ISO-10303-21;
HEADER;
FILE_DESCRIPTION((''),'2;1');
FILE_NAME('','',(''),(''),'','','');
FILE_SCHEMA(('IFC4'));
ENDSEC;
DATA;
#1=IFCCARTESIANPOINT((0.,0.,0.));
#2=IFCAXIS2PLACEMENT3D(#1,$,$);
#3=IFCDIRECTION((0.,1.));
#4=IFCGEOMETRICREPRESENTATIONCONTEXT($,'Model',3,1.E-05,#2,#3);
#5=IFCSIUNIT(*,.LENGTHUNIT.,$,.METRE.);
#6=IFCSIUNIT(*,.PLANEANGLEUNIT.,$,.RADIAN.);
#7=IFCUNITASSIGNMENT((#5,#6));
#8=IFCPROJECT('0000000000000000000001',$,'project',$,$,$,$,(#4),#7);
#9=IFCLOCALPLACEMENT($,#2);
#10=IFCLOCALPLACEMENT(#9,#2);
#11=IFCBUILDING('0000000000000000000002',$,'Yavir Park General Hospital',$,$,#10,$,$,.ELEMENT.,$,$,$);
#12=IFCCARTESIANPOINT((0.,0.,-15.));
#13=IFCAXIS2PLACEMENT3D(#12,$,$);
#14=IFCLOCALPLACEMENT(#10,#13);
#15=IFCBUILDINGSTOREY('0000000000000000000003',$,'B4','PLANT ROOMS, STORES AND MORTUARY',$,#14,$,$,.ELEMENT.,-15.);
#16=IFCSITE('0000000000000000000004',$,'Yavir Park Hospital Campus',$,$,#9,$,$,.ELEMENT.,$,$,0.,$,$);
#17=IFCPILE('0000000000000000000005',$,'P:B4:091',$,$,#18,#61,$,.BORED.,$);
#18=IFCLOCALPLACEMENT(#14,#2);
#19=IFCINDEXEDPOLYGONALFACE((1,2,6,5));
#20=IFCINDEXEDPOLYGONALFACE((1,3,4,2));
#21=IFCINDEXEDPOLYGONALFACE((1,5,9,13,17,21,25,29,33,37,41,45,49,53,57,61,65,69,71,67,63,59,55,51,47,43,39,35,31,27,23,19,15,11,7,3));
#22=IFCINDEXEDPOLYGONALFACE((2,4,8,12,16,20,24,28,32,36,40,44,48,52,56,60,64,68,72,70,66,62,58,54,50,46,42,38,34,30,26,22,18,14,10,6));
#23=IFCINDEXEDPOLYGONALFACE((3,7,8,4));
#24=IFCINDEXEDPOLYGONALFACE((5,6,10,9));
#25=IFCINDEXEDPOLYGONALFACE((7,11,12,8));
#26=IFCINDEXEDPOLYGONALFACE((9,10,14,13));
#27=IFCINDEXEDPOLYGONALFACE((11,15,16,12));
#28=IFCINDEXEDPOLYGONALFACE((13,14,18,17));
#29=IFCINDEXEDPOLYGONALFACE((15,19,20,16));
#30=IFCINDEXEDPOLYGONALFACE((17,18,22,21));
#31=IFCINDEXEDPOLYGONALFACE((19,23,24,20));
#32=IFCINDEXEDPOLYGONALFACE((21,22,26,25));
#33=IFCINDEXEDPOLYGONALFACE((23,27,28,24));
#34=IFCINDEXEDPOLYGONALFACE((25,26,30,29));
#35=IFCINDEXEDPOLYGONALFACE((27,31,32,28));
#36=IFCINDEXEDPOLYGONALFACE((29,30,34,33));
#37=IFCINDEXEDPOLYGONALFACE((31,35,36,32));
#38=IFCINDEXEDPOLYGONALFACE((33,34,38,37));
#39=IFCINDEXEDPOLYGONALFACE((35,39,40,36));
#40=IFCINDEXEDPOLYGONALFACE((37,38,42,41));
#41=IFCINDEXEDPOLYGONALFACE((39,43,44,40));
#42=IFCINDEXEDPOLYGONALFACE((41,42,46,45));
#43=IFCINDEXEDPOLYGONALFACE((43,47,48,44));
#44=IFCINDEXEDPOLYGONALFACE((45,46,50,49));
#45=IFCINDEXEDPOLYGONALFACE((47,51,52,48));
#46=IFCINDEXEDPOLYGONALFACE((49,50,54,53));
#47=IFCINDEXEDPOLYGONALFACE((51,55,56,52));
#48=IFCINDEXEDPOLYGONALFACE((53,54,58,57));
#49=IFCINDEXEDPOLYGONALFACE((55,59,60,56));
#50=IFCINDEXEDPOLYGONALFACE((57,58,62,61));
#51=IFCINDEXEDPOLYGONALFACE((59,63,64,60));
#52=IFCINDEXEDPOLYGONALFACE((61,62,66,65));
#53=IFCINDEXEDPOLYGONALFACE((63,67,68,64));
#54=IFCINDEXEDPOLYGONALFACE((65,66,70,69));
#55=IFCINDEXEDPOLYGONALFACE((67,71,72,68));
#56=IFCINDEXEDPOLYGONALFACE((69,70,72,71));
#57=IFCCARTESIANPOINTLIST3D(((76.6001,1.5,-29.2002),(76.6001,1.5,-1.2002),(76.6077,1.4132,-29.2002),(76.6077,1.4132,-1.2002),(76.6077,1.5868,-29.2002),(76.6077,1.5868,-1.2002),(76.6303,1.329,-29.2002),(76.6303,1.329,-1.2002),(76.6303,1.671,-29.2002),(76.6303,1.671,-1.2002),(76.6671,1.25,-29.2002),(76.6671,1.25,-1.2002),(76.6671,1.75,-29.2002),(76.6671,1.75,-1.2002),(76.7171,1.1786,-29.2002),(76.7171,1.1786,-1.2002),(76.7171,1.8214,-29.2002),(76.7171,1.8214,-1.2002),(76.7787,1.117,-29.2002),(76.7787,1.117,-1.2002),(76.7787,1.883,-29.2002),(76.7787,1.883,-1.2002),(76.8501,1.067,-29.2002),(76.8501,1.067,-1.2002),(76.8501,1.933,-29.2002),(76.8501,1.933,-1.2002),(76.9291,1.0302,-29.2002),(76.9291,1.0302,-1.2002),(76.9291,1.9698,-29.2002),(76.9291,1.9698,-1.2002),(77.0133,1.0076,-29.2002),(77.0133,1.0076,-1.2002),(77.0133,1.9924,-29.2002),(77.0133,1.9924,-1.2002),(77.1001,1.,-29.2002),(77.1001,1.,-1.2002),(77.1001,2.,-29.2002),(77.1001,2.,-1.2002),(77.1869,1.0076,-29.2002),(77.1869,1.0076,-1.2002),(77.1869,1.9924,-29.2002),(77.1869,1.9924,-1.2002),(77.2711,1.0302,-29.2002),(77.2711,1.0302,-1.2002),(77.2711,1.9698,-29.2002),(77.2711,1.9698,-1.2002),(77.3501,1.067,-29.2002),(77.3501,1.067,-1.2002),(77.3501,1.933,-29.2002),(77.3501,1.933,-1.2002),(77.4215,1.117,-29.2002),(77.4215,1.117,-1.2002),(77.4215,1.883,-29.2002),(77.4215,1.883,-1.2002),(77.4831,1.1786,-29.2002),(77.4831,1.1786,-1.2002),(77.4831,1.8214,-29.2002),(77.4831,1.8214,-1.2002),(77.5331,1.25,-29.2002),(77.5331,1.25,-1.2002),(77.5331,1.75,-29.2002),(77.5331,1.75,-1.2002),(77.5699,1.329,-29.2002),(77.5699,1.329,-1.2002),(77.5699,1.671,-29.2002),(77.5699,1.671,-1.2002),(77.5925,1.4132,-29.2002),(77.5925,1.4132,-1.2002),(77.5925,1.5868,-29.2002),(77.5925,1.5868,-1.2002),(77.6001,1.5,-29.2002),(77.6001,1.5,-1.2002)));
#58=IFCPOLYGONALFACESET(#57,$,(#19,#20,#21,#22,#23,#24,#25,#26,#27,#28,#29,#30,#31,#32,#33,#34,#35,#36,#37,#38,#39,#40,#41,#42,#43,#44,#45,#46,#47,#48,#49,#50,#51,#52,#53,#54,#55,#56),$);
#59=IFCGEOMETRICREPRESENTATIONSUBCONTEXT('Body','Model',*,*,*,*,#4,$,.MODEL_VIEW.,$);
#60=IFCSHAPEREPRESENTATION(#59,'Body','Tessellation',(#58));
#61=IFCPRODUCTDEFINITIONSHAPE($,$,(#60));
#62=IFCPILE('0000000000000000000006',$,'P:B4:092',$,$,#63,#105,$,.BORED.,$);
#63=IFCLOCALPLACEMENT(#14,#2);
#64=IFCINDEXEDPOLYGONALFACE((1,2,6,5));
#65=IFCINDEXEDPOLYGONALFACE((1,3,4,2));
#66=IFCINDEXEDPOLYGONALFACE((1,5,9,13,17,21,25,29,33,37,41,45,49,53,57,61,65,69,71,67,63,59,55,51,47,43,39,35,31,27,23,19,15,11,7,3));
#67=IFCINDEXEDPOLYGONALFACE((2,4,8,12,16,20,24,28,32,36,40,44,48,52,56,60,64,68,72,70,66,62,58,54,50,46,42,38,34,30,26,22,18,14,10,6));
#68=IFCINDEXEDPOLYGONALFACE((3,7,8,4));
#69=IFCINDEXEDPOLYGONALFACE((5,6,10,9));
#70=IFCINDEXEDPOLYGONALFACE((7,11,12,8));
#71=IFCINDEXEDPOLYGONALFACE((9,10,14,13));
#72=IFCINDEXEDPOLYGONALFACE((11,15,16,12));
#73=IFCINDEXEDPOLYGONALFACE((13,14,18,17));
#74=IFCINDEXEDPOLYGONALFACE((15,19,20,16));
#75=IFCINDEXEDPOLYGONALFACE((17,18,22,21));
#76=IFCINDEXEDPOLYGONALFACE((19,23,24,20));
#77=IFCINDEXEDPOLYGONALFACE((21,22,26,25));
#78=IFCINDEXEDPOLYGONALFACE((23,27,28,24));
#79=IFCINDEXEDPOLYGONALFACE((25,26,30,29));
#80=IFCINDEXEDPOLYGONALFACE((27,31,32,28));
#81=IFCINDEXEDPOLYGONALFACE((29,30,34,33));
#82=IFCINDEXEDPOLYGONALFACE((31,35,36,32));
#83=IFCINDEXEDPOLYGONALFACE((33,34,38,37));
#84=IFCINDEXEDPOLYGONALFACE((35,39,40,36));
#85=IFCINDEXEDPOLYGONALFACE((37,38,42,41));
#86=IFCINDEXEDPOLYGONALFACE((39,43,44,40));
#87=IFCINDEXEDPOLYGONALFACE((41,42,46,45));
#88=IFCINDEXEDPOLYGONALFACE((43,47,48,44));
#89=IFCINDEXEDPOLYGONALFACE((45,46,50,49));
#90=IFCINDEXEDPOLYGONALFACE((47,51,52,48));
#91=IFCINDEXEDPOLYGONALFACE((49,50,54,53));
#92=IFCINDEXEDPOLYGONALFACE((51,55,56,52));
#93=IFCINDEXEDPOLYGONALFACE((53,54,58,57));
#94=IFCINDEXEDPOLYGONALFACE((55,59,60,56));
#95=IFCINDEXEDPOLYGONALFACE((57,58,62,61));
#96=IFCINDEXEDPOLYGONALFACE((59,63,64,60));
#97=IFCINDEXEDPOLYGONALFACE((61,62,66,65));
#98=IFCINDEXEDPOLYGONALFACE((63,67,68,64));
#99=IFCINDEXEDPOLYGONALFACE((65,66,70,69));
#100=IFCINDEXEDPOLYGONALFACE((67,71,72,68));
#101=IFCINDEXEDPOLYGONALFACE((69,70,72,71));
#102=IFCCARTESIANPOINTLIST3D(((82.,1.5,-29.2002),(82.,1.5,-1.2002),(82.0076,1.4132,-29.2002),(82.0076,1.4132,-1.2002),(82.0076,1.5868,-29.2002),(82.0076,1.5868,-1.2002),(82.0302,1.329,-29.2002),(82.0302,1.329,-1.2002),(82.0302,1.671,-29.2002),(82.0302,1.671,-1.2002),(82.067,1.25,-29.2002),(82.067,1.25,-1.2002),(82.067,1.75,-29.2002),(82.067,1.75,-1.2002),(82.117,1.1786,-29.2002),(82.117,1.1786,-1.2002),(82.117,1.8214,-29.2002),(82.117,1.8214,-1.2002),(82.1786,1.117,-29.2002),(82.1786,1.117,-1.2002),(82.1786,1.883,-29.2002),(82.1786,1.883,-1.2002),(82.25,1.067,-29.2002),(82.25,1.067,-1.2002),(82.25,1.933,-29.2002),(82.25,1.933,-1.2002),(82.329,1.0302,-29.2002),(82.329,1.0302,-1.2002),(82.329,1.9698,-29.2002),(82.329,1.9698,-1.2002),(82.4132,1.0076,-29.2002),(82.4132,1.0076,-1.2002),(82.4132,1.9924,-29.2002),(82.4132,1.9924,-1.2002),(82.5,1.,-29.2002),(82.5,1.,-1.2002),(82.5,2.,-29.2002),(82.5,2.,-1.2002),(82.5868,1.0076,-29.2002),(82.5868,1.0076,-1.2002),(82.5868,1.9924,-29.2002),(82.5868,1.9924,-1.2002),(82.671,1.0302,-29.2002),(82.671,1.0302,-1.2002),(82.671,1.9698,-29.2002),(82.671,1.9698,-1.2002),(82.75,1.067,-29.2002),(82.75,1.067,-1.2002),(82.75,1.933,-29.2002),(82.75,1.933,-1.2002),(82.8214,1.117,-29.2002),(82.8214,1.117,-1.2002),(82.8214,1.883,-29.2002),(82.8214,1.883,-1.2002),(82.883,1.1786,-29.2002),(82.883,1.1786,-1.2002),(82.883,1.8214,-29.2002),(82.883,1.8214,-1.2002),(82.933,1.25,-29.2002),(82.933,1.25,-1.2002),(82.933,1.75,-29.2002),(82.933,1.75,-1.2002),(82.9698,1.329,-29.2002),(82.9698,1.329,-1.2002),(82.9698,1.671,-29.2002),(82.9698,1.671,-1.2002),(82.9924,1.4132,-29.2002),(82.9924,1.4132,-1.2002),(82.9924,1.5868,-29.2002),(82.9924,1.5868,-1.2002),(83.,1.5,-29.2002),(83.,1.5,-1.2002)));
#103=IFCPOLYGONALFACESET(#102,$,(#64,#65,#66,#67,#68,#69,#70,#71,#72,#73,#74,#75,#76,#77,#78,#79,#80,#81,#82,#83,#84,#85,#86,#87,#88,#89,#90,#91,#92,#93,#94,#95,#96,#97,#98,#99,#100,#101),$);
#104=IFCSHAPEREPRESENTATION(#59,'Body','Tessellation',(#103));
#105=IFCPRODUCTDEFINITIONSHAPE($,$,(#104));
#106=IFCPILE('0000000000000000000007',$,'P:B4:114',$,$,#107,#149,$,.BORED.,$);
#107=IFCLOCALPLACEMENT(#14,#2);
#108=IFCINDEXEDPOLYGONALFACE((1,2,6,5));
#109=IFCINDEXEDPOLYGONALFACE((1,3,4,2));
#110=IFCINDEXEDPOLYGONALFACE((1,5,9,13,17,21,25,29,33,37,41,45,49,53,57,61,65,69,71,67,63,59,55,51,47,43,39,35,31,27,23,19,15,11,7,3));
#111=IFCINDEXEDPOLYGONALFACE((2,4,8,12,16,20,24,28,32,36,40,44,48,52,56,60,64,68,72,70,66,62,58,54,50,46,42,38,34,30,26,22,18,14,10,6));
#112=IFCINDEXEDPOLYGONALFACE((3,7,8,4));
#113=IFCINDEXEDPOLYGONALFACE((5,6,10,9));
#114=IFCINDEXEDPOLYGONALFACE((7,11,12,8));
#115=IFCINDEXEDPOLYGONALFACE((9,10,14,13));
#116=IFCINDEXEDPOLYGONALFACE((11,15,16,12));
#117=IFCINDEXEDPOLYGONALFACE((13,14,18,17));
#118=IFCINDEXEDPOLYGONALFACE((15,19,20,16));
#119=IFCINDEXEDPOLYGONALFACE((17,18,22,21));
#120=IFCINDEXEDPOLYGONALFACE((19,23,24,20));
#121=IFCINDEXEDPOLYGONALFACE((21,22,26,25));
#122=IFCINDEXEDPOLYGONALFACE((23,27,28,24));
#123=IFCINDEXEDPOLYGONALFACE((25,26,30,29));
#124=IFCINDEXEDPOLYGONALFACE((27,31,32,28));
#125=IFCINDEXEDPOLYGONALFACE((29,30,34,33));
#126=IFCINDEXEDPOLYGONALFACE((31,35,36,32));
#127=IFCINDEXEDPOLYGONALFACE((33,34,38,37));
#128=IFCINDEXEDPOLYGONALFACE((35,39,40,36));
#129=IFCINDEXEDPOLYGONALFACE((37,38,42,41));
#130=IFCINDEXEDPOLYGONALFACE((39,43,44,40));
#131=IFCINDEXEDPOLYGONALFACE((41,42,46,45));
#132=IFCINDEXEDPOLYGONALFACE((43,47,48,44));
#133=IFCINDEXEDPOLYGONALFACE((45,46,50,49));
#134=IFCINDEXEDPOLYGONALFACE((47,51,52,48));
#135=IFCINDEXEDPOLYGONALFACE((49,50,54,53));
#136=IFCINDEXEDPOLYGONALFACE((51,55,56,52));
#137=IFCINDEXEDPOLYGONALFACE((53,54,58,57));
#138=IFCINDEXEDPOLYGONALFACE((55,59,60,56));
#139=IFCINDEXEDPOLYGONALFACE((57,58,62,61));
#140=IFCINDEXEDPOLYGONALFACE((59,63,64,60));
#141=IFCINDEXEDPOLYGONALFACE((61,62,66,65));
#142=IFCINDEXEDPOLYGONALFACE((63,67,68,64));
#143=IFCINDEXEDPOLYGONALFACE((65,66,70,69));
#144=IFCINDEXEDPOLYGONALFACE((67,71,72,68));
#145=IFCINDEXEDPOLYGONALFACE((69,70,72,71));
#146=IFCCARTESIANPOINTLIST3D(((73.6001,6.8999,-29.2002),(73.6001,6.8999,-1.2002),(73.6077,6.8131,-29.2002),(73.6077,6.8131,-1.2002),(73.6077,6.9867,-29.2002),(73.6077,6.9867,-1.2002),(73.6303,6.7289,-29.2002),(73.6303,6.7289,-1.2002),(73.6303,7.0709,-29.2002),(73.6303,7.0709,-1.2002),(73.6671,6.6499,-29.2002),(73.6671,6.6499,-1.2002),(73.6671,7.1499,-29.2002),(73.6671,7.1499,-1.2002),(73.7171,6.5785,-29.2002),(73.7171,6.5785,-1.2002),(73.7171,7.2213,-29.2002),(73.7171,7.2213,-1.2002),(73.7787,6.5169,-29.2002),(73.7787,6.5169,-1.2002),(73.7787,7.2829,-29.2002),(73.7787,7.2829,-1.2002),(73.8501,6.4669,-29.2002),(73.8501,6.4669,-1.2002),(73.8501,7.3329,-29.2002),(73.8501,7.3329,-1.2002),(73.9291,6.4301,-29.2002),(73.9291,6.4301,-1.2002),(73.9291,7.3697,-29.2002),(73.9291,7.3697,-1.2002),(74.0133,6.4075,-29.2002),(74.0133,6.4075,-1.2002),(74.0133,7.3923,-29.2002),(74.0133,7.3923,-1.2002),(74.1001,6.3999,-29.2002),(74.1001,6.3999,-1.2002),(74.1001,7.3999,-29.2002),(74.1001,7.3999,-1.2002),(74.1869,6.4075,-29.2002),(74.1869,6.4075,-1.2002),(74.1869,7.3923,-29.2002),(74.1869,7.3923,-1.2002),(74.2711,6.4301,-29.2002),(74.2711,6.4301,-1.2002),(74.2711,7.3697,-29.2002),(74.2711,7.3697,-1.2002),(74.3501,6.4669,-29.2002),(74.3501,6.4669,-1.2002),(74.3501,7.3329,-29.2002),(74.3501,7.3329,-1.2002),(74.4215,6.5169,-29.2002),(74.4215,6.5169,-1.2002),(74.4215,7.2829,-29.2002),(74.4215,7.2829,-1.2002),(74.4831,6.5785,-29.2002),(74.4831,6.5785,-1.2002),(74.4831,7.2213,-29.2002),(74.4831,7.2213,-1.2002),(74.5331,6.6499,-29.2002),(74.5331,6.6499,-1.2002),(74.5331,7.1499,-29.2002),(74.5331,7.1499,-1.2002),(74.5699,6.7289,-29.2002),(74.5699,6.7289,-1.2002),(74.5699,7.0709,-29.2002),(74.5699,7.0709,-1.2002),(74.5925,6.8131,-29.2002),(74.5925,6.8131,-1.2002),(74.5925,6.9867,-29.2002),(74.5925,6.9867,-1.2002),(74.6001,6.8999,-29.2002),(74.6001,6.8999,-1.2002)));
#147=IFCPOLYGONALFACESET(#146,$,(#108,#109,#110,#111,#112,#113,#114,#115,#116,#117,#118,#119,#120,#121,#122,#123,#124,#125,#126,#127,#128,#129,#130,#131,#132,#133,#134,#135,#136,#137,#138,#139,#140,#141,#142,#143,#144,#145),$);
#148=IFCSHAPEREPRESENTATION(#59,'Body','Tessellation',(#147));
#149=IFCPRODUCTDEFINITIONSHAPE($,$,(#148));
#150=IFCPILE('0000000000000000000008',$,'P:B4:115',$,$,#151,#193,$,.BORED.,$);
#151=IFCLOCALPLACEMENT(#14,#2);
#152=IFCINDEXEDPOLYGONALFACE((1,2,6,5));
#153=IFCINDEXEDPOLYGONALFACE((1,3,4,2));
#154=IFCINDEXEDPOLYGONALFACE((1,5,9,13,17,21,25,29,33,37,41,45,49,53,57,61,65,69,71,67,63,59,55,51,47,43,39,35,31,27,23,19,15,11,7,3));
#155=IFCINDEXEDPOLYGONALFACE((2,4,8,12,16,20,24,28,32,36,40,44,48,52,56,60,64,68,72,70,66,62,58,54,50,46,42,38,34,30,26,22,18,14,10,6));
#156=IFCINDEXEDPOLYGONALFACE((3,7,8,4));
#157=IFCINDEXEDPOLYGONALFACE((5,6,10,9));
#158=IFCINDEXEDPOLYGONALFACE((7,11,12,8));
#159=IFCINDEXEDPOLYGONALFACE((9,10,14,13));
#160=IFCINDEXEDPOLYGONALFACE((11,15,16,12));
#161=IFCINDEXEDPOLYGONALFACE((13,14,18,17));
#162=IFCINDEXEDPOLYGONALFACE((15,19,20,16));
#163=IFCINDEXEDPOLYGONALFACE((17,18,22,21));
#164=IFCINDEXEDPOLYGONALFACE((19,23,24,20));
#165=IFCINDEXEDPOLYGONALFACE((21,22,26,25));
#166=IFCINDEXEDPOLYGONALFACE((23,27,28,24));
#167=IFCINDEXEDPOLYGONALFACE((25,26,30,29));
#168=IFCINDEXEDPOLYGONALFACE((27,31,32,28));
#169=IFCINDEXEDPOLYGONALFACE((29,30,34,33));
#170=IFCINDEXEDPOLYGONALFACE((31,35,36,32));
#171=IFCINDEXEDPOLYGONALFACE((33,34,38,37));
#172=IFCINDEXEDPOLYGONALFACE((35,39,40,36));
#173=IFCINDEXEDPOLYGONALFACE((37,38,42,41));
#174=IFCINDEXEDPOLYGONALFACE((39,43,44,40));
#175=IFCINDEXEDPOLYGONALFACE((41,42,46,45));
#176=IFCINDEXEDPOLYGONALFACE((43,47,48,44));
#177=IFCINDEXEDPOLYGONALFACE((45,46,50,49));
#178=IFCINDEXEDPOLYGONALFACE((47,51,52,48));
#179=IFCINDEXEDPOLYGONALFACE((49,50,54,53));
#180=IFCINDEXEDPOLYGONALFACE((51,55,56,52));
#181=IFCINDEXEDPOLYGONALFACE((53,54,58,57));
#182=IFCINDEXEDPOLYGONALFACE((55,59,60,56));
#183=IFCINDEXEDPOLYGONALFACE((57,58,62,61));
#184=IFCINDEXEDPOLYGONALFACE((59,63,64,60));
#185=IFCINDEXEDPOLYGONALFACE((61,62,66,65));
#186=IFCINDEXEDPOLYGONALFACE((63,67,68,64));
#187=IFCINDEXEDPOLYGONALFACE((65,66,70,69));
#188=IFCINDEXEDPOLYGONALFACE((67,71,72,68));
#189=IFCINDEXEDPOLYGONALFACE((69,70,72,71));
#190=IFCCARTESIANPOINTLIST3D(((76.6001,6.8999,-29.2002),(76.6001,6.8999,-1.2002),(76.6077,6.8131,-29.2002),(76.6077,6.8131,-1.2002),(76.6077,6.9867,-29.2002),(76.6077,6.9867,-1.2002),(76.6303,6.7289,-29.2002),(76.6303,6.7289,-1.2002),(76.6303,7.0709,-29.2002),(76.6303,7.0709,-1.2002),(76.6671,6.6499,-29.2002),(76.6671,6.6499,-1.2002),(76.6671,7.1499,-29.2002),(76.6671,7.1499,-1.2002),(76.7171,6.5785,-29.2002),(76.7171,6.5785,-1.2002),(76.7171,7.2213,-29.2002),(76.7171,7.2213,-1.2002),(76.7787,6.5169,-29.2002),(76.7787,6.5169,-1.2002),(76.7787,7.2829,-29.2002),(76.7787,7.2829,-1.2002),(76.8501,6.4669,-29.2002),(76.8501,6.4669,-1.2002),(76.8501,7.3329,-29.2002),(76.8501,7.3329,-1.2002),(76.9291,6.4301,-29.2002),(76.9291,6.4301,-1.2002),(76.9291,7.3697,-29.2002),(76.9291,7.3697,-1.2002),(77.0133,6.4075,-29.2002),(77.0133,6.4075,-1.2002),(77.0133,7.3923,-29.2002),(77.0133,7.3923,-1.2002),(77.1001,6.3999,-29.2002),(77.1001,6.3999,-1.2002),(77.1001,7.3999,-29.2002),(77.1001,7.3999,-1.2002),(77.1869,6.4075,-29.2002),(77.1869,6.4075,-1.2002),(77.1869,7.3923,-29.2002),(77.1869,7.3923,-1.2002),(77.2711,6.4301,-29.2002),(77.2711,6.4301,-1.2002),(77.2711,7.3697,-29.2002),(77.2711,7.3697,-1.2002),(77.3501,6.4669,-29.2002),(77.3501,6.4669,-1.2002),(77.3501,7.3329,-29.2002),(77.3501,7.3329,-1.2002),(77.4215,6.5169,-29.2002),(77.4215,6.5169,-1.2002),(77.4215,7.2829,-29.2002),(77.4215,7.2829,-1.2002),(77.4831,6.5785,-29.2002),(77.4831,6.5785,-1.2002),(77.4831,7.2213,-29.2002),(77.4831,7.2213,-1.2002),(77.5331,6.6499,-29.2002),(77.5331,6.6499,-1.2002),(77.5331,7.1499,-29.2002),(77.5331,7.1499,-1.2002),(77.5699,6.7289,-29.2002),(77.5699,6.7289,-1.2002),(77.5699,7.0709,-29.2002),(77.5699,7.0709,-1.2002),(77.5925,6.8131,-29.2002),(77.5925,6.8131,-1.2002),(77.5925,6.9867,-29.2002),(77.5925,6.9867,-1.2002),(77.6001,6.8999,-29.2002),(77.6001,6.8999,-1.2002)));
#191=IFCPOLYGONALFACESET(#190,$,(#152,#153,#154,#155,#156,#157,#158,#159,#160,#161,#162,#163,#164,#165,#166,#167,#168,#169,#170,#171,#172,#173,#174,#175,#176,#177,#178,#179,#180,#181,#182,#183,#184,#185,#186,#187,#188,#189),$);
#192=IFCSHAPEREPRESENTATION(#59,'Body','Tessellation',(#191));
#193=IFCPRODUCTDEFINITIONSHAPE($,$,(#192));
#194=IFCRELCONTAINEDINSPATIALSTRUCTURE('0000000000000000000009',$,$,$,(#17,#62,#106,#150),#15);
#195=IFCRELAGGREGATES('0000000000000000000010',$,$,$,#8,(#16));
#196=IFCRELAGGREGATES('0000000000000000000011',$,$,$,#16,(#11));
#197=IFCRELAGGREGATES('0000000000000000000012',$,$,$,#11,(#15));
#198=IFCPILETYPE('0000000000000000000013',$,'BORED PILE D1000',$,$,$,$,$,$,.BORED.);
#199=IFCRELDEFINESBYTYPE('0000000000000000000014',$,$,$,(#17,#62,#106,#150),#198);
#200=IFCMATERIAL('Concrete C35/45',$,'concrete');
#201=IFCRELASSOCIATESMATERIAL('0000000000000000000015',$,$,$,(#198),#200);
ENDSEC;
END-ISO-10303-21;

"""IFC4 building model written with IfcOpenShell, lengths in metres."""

from ifc_helpers import new_model, si_unit, direction, frame, origin, origin_2d, place, context, subcontext, project, spatial, circle, extrude, material, material_profile, profile_set, type_object, element, save


model = new_model("IFC4")

# Units and contexts
model_context = context("Model", 3, precision=1e-05, world=origin(), true_north=direction((0.0, 1.0)))
body_context = subcontext(model_context, "Body", "Model", "MODEL_VIEW")
ifc_project = project(units=[si_unit("LENGTHUNIT", "METRE"), si_unit("PLANEANGLEUNIT", "RADIAN")], contexts=[model_context])

# Site, building, storey
site_placement = place(None, origin())
site = spatial("IfcSite", under=ifc_project, at=site_placement, Name="Yavir Park Hospital Campus", CompositionType="ELEMENT", RefElevation=0.0)
building_placement = place(site_placement, origin())
building = spatial("IfcBuilding", under=site, at=building_placement, Name="Yavir Park General Hospital", CompositionType="ELEMENT")
storey_placement = place(building_placement, frame((0.0, 0.0, -15.0)))
storey = spatial("IfcBuildingStorey", under=building, at=storey_placement, Name="B4", Description="PLANT ROOMS, STORES AND MORTUARY", CompositionType="ELEMENT", Elevation=-15.0)

# Piles
ifc_material_1 = material(Name="Concrete C35/45", Category="concrete")
ifc_material_profile_1 = material_profile(ifc_material_1, circle(Radius=0.5, at=origin_2d()), Name="D1000")
ifc_profile_set_1 = profile_set([ifc_material_profile_1], Name="Concrete C35/45")
pile_type_1 = type_object("IfcPileType", Name="BORED PILE D1000", PredefinedType="BORED", material=ifc_profile_set_1)
for number, where, z_axis, x_axis, name in (
    (1, (77.1001, 1.5, -1.2002), (0.0, 0.0, -1.0), (1.0, 0.0, 0.0), "P:B4:091"),
    (2, (82.5, 1.5, -1.2002), (0.0, 0.0, -1.0), (1.0, 0.0, 0.0), "P:B4:092"),
    (3, (74.1001, 6.8999, -1.2002), (0.0, 0.0, -1.0), (1.0, 0.0, 0.0), "P:B4:114"),
    (4, (77.1001, 6.8999, -1.2002), (0.0, 0.0, -1.0), (1.0, 0.0, 0.0), "P:B4:115"),
):
    element("IfcPile", number, at=place(storey_placement, frame(where, z_axis=z_axis, x_axis=x_axis)), inside=storey, type_object=pile_type_1, Name=name, PredefinedType="BORED", context=body_context, shape_type="SweptSolid", body=[
        extrude(circle(Radius=0.5, at=origin_2d()), origin(), (0.0, 0.0, 1.0), 28.0),
    ])

save(model, "model.ifc")
